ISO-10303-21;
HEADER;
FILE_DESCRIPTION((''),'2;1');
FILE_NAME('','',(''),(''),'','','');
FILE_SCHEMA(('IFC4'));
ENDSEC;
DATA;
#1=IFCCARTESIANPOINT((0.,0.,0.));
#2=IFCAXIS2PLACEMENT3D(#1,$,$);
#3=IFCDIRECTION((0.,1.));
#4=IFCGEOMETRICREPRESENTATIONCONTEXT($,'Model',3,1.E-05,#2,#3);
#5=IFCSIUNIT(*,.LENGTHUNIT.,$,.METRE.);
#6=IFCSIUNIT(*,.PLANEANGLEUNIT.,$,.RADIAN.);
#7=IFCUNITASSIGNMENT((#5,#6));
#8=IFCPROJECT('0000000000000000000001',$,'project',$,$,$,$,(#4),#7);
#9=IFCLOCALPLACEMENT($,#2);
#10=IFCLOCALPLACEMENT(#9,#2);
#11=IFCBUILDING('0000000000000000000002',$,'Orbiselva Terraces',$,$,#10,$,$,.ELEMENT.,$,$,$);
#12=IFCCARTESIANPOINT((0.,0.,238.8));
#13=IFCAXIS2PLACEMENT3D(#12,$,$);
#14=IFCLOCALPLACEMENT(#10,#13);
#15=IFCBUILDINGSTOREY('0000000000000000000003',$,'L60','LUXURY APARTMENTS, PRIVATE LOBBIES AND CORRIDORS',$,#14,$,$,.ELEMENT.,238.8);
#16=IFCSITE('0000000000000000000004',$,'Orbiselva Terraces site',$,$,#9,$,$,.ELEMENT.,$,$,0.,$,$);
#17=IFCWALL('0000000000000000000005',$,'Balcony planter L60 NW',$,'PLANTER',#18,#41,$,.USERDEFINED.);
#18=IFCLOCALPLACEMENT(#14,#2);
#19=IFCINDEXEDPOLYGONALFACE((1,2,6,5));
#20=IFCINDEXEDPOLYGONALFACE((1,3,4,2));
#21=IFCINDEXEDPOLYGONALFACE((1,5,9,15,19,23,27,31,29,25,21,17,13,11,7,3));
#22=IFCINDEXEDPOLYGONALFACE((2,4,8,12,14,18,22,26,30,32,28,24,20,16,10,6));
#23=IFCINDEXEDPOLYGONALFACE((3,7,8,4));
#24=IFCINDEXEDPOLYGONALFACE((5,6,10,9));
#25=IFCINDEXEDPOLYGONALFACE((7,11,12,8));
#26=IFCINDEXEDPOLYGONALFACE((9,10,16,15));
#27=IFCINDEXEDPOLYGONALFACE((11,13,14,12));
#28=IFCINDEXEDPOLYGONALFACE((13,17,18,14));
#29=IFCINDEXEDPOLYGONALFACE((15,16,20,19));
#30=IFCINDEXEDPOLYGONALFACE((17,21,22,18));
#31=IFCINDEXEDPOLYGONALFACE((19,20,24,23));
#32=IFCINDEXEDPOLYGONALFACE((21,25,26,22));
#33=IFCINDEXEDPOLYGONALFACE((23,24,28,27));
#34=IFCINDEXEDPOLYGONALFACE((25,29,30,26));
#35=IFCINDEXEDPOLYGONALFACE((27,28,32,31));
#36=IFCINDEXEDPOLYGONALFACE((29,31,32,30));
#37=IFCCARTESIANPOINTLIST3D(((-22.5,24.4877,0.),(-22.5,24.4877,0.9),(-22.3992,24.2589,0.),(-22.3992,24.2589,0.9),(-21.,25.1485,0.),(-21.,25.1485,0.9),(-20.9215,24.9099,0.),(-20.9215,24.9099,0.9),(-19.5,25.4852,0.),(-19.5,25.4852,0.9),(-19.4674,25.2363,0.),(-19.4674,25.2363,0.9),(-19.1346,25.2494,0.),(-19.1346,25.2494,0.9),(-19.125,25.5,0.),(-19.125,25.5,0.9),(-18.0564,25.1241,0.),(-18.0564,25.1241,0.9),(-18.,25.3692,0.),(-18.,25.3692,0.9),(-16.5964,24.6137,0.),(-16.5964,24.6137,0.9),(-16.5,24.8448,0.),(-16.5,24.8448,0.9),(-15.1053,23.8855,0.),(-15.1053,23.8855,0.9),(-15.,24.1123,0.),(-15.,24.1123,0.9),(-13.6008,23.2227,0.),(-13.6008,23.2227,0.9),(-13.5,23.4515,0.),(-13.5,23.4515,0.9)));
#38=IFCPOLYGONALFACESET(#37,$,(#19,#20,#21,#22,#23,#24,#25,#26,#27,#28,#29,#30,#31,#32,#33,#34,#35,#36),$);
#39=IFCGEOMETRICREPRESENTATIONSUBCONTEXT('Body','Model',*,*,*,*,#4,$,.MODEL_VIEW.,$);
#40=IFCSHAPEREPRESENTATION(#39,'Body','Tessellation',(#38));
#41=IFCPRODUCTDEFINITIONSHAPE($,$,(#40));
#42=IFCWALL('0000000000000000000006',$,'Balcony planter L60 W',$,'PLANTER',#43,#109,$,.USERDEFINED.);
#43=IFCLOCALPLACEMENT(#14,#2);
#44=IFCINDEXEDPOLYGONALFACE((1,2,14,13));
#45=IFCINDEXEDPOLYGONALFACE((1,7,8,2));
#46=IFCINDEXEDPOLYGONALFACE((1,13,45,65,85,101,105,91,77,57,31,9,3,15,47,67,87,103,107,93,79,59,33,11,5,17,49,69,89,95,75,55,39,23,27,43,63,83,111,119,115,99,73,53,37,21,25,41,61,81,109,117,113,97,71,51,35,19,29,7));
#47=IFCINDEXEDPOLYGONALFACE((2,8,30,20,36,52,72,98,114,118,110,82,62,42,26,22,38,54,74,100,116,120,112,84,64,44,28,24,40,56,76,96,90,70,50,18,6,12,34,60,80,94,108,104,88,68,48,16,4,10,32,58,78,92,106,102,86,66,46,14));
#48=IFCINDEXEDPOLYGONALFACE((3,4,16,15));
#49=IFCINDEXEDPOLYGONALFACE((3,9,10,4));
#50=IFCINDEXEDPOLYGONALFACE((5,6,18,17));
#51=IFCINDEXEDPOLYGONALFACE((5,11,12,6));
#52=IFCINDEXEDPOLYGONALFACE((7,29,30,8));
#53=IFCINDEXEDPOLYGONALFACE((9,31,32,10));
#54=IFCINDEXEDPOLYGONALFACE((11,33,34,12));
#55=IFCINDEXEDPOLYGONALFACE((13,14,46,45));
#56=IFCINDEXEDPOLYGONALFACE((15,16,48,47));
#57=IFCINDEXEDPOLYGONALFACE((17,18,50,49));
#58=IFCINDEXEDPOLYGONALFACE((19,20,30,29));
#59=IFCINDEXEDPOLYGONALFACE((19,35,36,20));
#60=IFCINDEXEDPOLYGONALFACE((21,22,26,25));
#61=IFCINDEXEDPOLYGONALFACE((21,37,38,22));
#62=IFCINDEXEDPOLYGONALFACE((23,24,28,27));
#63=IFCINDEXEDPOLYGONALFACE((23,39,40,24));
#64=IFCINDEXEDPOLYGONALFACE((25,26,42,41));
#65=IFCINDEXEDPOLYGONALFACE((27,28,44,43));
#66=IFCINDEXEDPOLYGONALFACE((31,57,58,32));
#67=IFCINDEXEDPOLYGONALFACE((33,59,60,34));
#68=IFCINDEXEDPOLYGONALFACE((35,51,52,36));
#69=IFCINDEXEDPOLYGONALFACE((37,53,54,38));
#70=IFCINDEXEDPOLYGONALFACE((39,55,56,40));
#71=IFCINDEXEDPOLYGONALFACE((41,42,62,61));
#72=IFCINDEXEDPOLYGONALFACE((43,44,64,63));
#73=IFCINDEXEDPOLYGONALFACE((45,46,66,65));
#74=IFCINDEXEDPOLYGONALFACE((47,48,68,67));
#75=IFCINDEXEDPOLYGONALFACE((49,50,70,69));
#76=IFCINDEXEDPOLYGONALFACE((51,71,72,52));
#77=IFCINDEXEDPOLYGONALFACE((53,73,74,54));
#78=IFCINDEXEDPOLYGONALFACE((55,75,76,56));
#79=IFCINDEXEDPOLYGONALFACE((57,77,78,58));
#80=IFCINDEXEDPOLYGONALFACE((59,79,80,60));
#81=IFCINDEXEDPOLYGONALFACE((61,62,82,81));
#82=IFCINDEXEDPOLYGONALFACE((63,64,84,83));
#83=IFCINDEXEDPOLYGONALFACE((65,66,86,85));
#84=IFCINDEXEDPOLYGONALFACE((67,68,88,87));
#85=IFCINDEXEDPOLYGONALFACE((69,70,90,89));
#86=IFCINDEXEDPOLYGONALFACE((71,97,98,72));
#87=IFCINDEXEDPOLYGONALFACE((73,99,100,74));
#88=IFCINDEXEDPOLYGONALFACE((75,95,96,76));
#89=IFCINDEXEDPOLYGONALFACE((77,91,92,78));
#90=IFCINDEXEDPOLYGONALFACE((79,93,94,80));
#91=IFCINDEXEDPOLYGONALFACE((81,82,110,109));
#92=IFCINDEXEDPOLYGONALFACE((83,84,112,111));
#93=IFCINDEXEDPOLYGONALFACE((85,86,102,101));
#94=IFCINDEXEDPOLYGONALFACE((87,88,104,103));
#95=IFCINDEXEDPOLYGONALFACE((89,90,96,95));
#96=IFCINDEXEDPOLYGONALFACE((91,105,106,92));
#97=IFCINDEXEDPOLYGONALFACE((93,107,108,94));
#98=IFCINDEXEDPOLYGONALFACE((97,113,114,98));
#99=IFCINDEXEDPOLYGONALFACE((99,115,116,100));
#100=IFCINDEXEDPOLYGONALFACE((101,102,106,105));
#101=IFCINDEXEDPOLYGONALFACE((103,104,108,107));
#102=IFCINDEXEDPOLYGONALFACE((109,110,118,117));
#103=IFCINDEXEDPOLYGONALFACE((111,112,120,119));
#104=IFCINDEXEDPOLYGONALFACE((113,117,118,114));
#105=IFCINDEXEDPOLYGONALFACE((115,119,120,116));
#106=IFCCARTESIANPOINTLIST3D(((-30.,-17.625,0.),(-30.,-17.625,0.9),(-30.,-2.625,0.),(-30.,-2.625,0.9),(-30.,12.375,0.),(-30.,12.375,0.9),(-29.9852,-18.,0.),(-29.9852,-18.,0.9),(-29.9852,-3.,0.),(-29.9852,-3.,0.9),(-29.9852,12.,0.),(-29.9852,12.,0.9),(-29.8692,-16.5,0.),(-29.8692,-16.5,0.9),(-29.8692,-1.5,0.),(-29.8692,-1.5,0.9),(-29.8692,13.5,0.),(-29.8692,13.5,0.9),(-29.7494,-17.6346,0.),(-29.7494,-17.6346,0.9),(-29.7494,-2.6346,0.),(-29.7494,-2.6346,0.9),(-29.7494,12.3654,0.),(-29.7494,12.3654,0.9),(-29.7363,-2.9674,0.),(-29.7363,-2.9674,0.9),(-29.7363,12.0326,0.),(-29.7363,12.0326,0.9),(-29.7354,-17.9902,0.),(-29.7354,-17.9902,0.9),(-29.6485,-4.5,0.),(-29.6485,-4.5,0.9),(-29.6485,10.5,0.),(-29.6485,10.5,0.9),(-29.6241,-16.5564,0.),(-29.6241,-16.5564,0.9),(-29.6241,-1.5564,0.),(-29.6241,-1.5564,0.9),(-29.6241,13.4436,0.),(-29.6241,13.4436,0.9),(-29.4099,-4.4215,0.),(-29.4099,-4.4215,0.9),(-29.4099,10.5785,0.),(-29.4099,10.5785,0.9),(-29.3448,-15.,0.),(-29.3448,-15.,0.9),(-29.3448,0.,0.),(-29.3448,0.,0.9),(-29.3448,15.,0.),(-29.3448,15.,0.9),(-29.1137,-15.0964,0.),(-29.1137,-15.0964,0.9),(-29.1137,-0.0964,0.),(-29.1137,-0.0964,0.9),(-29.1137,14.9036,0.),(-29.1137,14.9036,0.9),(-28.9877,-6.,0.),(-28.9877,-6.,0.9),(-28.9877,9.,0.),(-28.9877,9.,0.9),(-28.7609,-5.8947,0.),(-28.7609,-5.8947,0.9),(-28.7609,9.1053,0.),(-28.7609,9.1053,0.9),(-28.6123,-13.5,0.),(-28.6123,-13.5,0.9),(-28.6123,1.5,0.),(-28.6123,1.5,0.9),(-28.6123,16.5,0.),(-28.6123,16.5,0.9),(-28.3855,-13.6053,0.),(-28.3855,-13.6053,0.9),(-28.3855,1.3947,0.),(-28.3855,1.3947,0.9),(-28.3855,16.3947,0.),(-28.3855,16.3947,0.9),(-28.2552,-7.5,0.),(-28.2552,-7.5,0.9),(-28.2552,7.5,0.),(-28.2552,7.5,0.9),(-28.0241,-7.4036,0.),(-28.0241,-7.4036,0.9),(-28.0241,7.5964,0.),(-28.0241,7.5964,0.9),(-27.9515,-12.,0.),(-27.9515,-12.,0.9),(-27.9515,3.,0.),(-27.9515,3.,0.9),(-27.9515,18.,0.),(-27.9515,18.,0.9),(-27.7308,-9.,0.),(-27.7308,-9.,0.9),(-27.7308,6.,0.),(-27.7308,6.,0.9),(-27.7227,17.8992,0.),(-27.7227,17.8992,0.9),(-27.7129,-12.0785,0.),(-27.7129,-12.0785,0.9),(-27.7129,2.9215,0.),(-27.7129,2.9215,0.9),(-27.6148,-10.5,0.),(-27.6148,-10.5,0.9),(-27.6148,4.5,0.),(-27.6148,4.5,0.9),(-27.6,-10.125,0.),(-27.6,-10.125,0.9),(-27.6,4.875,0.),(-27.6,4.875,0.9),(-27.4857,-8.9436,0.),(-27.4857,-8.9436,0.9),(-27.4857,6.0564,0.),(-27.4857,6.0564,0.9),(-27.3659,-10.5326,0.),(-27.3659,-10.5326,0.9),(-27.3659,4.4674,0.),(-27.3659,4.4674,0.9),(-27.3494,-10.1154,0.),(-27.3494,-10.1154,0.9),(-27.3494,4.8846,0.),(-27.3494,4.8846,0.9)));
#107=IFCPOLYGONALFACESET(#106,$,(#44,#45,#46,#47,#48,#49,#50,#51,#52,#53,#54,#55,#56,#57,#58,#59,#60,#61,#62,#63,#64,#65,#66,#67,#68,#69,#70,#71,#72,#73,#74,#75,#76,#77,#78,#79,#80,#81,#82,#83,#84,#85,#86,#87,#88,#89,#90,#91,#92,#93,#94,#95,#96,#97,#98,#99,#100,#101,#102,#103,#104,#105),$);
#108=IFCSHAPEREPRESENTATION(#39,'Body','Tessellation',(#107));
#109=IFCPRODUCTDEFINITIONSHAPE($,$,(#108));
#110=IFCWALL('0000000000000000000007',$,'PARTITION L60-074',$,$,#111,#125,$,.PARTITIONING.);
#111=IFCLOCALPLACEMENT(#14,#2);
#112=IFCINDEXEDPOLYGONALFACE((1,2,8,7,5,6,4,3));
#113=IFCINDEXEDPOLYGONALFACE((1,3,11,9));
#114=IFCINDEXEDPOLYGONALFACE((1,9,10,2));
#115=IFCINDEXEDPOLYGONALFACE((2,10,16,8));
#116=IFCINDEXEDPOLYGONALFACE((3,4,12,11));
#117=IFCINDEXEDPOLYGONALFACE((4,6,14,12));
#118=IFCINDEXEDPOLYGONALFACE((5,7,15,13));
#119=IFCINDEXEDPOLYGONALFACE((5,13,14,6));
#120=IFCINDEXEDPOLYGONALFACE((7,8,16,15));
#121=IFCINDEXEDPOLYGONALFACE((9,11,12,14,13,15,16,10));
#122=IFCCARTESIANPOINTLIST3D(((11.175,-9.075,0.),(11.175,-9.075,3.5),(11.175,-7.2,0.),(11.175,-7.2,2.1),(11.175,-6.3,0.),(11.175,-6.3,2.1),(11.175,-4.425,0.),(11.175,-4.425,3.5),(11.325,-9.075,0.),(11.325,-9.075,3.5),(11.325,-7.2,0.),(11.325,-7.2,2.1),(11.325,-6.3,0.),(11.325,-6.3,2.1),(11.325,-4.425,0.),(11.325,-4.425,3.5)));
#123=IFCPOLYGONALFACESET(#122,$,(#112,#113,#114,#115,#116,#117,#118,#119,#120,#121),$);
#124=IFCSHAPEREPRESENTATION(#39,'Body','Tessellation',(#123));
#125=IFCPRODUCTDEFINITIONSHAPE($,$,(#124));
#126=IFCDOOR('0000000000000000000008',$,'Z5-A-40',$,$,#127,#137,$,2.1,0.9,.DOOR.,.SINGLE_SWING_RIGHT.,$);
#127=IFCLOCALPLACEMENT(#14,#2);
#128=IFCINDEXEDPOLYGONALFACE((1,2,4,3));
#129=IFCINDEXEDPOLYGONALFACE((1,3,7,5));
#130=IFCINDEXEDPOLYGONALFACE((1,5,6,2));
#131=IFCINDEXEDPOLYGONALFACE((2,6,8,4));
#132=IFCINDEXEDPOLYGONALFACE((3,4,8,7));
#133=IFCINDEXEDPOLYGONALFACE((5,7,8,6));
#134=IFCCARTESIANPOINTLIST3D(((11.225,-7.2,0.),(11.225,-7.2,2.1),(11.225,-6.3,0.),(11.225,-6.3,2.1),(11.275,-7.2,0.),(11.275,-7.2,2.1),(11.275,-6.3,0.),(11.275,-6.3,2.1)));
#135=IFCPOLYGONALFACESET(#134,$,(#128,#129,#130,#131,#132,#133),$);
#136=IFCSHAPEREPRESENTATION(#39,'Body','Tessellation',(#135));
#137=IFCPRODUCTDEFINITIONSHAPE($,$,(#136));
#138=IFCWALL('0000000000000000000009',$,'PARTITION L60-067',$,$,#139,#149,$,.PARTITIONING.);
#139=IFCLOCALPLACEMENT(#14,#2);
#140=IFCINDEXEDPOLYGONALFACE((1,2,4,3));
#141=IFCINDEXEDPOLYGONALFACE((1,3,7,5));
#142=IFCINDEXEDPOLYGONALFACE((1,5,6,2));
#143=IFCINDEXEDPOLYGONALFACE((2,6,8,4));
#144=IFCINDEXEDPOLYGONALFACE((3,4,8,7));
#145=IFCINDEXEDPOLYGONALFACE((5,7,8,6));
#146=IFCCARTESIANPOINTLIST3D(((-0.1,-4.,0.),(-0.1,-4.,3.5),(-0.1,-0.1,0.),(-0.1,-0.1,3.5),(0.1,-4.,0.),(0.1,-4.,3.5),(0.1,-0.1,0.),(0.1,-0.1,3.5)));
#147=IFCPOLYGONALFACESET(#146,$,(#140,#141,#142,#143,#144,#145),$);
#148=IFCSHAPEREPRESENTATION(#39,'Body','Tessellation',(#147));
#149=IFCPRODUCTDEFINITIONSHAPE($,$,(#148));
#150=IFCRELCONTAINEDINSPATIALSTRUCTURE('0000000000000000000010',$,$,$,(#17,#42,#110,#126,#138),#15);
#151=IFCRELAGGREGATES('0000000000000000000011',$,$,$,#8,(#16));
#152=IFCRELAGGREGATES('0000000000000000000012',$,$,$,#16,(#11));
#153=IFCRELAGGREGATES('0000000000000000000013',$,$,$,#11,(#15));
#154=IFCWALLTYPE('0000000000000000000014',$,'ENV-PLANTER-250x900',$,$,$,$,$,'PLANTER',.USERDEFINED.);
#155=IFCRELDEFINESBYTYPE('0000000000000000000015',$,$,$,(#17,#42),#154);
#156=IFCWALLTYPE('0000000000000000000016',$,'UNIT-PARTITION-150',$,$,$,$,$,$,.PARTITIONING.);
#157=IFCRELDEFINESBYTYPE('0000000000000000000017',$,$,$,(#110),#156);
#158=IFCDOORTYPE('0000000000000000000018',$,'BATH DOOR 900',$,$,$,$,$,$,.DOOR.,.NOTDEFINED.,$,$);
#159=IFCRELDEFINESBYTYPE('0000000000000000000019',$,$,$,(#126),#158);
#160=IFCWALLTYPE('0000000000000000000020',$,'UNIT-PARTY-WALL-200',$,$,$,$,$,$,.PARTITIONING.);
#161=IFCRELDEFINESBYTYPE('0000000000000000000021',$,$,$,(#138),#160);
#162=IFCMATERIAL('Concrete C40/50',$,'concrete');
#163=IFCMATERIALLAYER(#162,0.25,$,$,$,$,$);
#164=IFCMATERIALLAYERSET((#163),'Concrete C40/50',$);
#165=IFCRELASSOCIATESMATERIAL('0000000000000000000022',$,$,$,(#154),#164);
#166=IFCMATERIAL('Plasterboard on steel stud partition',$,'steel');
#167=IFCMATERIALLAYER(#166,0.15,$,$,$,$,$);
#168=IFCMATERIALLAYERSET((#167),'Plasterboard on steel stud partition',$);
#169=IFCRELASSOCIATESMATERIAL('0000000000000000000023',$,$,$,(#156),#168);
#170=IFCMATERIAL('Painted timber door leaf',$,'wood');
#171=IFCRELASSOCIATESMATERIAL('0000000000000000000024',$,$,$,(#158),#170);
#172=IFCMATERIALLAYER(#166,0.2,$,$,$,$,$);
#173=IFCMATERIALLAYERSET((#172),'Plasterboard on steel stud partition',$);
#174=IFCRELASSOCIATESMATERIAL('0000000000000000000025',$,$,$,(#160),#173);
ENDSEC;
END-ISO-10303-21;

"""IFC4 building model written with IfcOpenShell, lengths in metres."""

from ifc_helpers import new_model, si_unit, direction, frame, frame_2d, origin, place, context, subcontext, project, spatial, polyline, rectangle, outline, extrude, material, layer, layer_set, type_object, element, fill, save


model = new_model("IFC4")

# Units and contexts
model_context = context("Model", 3, precision=1e-05, world=origin(), true_north=direction((0.0, 1.0)))
body_context = subcontext(model_context, "Body", "Model", "MODEL_VIEW")
ifc_project = project(units=[si_unit("LENGTHUNIT", "METRE"), si_unit("PLANEANGLEUNIT", "RADIAN")], contexts=[model_context])

# Site, building, storey
site_placement = place(None, origin())
site = spatial("IfcSite", under=ifc_project, at=site_placement, Name="Orbiselva Terraces site", CompositionType="ELEMENT", RefElevation=0.0)
building_placement = place(site_placement, origin())
building = spatial("IfcBuilding", under=site, at=building_placement, Name="Orbiselva Terraces", CompositionType="ELEMENT")
storey_placement = place(building_placement, frame((0.0, 0.0, 238.8)))
storey = spatial("IfcBuildingStorey", under=building, at=storey_placement, Name="L60", Description="LUXURY APARTMENTS, PRIVATE LOBBIES AND CORRIDORS", CompositionType="ELEMENT", Elevation=238.8)

# Shared definitions
ifc_material_1 = material(Name="Concrete C40/50", Category="concrete")

# Walls
ifc_layer_1 = layer(ifc_material_1, 0.25)
ifc_layer_set_1 = layer_set([ifc_layer_1], Name="Concrete C40/50")
wall_type_1 = type_object("IfcWallType", Name="ENV-PLANTER-250x900", ElementType="PLANTER", PredefinedType="USERDEFINED", material=ifc_layer_set_1)
wall_1_placement = place(storey_placement, origin())
element("IfcWall", 1, at=wall_1_placement, inside=storey, type_object=wall_type_1, Name="Balcony planter L60 NW", ObjectType="PLANTER", PredefinedType="USERDEFINED", context=body_context, shape_type="SweptSolid", body=[
    extrude(outline(polyline([(-13.5, 23.4515), (-15.0, 24.1123), (-16.5, 24.8448), (-18.0, 25.3692), (-19.125, 25.5), (-19.5, 25.4852), (-21.0, 25.1485), (-22.5, 24.4877), (-22.3992, 24.2589), (-20.9215, 24.9099), (-19.4674, 25.2363), (-19.1346, 25.2494), (-18.0564, 25.1241), (-16.5964, 24.6137), (-15.1053, 23.8855), (-13.6008, 23.2227), (-13.5, 23.4515)])), origin(), (0.0, 0.0, 1.0), 0.9),
])
wall_2_placement = place(storey_placement, origin())
element("IfcWall", 2, at=wall_2_placement, inside=storey, type_object=wall_type_1, Name="Balcony planter L60 W", ObjectType="PLANTER", PredefinedType="USERDEFINED", context=body_context, shape_type="SweptSolid", body=[
    extrude(outline(polyline([(-27.9515, 18.0), (-28.6123, 16.5), (-29.3448, 15.0), (-29.8692, 13.5), (-30.0, 12.375), (-29.9852, 12.0), (-29.6485, 10.5), (-28.9877, 9.0), (-28.2552, 7.5), (-27.7308, 6.0), (-27.6, 4.875), (-27.6148, 4.5), (-27.9515, 3.0), (-28.6123, 1.5), (-29.3448, 0.0), (-29.8692, -1.5), (-30.0, -2.625), (-29.9852, -3.0), (-29.6485, -4.5), (-28.9877, -6.0), (-28.2552, -7.5), (-27.7308, -9.0), (-27.6, -10.125), (-27.6148, -10.5), (-27.9515, -12.0), (-28.6123, -13.5), (-29.3448, -15.0), (-29.8692, -16.5), (-30.0, -17.625), (-29.9852, -18.0), (-29.7354, -17.9902), (-29.7494, -17.6346), (-29.6241, -16.5564), (-29.1137, -15.0964), (-28.3855, -13.6053), (-27.7129, -12.0785), (-27.3659, -10.5326), (-27.3494, -10.1154), (-27.4857, -8.9436), (-28.0241, -7.4036), (-28.7609, -5.8947), (-29.4099, -4.4215), (-29.7363, -2.9674), (-29.7494, -2.6346), (-29.6241, -1.5564), (-29.1137, -0.0964), (-28.3855, 1.3947), (-27.7129, 2.9215), (-27.3659, 4.4674), (-27.3494, 4.8846), (-27.4857, 6.0564), (-28.0241, 7.5964), (-28.7609, 9.1053), (-29.4099, 10.5785), (-29.7363, 12.0326), (-29.7494, 12.3654), (-29.6241, 13.4436), (-29.1137, 14.9036), (-28.3855, 16.3947), (-27.7227, 17.8992), (-27.9515, 18.0)])), origin(), (0.0, 0.0, 1.0), 0.9),
])

# Wall, opening, door
ifc_material_2 = material(Name="Plasterboard on steel stud partition", Category="steel")
ifc_layer_2 = layer(ifc_material_2, 0.15)
ifc_layer_set_2 = layer_set([ifc_layer_2], Name="Plasterboard on steel stud partition")
wall_type_2 = type_object("IfcWallType", Name="UNIT-PARTITION-150", PredefinedType="PARTITIONING", material=ifc_layer_set_2)
wall_3_placement = place(storey_placement, frame((11.25, -4.425, 0.0), z_axis=(0.0, 0.0, 1.0), x_axis=(0.0, -1.0, 0.0)))
wall_3 = element("IfcWall", 3, at=wall_3_placement, inside=storey, type_object=wall_type_2, Name="PARTITION L60-074", PredefinedType="PARTITIONING", context=body_context, shape_type="SweptSolid", body=[
    extrude(rectangle(XDim=4.65, YDim=0.15, at=frame_2d((2.325, 0.0))), origin(), (0.0, 0.0, 1.0), 3.5),
])
opening_placement = place(wall_3_placement, frame((1.875, 0.0, 0.0)))
opening = element("IfcOpeningElement", 4, at=opening_placement, cuts=wall_3, PredefinedType="OPENING", context=body_context, shape_type="SweptSolid", body=[
    extrude(rectangle(XDim=0.9, YDim=2.1, at=frame_2d((0.45, 1.05))), frame((0.0, 0.085, 0.0), z_axis=(0.0, -1.0, 0.0), x_axis=(1.0, 0.0, 0.0)), (0.0, 0.0, 1.0), 0.17),
])
ifc_material_3 = material(Name="Painted timber door leaf", Category="wood")
door_type = type_object("IfcDoorType", Name="BATH DOOR 900", OperationType="NOTDEFINED", PredefinedType="DOOR", material=ifc_material_3)
door_placement = place(opening_placement, origin())
door = element("IfcDoor", 5, at=door_placement, inside=storey, type_object=door_type, Name="Z5-A-40", OperationType="SINGLE_SWING_RIGHT", OverallHeight=2.1, OverallWidth=0.9, PredefinedType="DOOR", context=body_context, shape_type="SweptSolid", body=[
    extrude(rectangle(XDim=0.9, YDim=2.1, at=frame_2d((0.45, 1.05))), frame((0.0, 0.025, 0.0), z_axis=(0.0, -1.0, 0.0), x_axis=(1.0, 0.0, 0.0)), (0.0, 0.0, 1.0), 0.05),
])
fill(opening, door)

# Wall
ifc_layer_3 = layer(ifc_material_2, 0.2)
ifc_layer_set_3 = layer_set([ifc_layer_3], Name="Plasterboard on steel stud partition")
wall_type_3 = type_object("IfcWallType", Name="UNIT-PARTY-WALL-200", PredefinedType="PARTITIONING", material=ifc_layer_set_3)
wall_4_placement = place(storey_placement, frame((0.0, -4.0, 0.0), z_axis=(0.0, 0.0, 1.0), x_axis=(0.0, 1.0, 0.0)))
element("IfcWall", 6, at=wall_4_placement, inside=storey, type_object=wall_type_3, Name="PARTITION L60-067", PredefinedType="PARTITIONING", context=body_context, shape_type="SweptSolid", body=[
    extrude(rectangle(XDim=3.9, YDim=0.2, at=frame_2d((1.95, 0.0))), origin(), (0.0, 0.0, 1.0), 3.5),
])

save(model, "model.ifc")
